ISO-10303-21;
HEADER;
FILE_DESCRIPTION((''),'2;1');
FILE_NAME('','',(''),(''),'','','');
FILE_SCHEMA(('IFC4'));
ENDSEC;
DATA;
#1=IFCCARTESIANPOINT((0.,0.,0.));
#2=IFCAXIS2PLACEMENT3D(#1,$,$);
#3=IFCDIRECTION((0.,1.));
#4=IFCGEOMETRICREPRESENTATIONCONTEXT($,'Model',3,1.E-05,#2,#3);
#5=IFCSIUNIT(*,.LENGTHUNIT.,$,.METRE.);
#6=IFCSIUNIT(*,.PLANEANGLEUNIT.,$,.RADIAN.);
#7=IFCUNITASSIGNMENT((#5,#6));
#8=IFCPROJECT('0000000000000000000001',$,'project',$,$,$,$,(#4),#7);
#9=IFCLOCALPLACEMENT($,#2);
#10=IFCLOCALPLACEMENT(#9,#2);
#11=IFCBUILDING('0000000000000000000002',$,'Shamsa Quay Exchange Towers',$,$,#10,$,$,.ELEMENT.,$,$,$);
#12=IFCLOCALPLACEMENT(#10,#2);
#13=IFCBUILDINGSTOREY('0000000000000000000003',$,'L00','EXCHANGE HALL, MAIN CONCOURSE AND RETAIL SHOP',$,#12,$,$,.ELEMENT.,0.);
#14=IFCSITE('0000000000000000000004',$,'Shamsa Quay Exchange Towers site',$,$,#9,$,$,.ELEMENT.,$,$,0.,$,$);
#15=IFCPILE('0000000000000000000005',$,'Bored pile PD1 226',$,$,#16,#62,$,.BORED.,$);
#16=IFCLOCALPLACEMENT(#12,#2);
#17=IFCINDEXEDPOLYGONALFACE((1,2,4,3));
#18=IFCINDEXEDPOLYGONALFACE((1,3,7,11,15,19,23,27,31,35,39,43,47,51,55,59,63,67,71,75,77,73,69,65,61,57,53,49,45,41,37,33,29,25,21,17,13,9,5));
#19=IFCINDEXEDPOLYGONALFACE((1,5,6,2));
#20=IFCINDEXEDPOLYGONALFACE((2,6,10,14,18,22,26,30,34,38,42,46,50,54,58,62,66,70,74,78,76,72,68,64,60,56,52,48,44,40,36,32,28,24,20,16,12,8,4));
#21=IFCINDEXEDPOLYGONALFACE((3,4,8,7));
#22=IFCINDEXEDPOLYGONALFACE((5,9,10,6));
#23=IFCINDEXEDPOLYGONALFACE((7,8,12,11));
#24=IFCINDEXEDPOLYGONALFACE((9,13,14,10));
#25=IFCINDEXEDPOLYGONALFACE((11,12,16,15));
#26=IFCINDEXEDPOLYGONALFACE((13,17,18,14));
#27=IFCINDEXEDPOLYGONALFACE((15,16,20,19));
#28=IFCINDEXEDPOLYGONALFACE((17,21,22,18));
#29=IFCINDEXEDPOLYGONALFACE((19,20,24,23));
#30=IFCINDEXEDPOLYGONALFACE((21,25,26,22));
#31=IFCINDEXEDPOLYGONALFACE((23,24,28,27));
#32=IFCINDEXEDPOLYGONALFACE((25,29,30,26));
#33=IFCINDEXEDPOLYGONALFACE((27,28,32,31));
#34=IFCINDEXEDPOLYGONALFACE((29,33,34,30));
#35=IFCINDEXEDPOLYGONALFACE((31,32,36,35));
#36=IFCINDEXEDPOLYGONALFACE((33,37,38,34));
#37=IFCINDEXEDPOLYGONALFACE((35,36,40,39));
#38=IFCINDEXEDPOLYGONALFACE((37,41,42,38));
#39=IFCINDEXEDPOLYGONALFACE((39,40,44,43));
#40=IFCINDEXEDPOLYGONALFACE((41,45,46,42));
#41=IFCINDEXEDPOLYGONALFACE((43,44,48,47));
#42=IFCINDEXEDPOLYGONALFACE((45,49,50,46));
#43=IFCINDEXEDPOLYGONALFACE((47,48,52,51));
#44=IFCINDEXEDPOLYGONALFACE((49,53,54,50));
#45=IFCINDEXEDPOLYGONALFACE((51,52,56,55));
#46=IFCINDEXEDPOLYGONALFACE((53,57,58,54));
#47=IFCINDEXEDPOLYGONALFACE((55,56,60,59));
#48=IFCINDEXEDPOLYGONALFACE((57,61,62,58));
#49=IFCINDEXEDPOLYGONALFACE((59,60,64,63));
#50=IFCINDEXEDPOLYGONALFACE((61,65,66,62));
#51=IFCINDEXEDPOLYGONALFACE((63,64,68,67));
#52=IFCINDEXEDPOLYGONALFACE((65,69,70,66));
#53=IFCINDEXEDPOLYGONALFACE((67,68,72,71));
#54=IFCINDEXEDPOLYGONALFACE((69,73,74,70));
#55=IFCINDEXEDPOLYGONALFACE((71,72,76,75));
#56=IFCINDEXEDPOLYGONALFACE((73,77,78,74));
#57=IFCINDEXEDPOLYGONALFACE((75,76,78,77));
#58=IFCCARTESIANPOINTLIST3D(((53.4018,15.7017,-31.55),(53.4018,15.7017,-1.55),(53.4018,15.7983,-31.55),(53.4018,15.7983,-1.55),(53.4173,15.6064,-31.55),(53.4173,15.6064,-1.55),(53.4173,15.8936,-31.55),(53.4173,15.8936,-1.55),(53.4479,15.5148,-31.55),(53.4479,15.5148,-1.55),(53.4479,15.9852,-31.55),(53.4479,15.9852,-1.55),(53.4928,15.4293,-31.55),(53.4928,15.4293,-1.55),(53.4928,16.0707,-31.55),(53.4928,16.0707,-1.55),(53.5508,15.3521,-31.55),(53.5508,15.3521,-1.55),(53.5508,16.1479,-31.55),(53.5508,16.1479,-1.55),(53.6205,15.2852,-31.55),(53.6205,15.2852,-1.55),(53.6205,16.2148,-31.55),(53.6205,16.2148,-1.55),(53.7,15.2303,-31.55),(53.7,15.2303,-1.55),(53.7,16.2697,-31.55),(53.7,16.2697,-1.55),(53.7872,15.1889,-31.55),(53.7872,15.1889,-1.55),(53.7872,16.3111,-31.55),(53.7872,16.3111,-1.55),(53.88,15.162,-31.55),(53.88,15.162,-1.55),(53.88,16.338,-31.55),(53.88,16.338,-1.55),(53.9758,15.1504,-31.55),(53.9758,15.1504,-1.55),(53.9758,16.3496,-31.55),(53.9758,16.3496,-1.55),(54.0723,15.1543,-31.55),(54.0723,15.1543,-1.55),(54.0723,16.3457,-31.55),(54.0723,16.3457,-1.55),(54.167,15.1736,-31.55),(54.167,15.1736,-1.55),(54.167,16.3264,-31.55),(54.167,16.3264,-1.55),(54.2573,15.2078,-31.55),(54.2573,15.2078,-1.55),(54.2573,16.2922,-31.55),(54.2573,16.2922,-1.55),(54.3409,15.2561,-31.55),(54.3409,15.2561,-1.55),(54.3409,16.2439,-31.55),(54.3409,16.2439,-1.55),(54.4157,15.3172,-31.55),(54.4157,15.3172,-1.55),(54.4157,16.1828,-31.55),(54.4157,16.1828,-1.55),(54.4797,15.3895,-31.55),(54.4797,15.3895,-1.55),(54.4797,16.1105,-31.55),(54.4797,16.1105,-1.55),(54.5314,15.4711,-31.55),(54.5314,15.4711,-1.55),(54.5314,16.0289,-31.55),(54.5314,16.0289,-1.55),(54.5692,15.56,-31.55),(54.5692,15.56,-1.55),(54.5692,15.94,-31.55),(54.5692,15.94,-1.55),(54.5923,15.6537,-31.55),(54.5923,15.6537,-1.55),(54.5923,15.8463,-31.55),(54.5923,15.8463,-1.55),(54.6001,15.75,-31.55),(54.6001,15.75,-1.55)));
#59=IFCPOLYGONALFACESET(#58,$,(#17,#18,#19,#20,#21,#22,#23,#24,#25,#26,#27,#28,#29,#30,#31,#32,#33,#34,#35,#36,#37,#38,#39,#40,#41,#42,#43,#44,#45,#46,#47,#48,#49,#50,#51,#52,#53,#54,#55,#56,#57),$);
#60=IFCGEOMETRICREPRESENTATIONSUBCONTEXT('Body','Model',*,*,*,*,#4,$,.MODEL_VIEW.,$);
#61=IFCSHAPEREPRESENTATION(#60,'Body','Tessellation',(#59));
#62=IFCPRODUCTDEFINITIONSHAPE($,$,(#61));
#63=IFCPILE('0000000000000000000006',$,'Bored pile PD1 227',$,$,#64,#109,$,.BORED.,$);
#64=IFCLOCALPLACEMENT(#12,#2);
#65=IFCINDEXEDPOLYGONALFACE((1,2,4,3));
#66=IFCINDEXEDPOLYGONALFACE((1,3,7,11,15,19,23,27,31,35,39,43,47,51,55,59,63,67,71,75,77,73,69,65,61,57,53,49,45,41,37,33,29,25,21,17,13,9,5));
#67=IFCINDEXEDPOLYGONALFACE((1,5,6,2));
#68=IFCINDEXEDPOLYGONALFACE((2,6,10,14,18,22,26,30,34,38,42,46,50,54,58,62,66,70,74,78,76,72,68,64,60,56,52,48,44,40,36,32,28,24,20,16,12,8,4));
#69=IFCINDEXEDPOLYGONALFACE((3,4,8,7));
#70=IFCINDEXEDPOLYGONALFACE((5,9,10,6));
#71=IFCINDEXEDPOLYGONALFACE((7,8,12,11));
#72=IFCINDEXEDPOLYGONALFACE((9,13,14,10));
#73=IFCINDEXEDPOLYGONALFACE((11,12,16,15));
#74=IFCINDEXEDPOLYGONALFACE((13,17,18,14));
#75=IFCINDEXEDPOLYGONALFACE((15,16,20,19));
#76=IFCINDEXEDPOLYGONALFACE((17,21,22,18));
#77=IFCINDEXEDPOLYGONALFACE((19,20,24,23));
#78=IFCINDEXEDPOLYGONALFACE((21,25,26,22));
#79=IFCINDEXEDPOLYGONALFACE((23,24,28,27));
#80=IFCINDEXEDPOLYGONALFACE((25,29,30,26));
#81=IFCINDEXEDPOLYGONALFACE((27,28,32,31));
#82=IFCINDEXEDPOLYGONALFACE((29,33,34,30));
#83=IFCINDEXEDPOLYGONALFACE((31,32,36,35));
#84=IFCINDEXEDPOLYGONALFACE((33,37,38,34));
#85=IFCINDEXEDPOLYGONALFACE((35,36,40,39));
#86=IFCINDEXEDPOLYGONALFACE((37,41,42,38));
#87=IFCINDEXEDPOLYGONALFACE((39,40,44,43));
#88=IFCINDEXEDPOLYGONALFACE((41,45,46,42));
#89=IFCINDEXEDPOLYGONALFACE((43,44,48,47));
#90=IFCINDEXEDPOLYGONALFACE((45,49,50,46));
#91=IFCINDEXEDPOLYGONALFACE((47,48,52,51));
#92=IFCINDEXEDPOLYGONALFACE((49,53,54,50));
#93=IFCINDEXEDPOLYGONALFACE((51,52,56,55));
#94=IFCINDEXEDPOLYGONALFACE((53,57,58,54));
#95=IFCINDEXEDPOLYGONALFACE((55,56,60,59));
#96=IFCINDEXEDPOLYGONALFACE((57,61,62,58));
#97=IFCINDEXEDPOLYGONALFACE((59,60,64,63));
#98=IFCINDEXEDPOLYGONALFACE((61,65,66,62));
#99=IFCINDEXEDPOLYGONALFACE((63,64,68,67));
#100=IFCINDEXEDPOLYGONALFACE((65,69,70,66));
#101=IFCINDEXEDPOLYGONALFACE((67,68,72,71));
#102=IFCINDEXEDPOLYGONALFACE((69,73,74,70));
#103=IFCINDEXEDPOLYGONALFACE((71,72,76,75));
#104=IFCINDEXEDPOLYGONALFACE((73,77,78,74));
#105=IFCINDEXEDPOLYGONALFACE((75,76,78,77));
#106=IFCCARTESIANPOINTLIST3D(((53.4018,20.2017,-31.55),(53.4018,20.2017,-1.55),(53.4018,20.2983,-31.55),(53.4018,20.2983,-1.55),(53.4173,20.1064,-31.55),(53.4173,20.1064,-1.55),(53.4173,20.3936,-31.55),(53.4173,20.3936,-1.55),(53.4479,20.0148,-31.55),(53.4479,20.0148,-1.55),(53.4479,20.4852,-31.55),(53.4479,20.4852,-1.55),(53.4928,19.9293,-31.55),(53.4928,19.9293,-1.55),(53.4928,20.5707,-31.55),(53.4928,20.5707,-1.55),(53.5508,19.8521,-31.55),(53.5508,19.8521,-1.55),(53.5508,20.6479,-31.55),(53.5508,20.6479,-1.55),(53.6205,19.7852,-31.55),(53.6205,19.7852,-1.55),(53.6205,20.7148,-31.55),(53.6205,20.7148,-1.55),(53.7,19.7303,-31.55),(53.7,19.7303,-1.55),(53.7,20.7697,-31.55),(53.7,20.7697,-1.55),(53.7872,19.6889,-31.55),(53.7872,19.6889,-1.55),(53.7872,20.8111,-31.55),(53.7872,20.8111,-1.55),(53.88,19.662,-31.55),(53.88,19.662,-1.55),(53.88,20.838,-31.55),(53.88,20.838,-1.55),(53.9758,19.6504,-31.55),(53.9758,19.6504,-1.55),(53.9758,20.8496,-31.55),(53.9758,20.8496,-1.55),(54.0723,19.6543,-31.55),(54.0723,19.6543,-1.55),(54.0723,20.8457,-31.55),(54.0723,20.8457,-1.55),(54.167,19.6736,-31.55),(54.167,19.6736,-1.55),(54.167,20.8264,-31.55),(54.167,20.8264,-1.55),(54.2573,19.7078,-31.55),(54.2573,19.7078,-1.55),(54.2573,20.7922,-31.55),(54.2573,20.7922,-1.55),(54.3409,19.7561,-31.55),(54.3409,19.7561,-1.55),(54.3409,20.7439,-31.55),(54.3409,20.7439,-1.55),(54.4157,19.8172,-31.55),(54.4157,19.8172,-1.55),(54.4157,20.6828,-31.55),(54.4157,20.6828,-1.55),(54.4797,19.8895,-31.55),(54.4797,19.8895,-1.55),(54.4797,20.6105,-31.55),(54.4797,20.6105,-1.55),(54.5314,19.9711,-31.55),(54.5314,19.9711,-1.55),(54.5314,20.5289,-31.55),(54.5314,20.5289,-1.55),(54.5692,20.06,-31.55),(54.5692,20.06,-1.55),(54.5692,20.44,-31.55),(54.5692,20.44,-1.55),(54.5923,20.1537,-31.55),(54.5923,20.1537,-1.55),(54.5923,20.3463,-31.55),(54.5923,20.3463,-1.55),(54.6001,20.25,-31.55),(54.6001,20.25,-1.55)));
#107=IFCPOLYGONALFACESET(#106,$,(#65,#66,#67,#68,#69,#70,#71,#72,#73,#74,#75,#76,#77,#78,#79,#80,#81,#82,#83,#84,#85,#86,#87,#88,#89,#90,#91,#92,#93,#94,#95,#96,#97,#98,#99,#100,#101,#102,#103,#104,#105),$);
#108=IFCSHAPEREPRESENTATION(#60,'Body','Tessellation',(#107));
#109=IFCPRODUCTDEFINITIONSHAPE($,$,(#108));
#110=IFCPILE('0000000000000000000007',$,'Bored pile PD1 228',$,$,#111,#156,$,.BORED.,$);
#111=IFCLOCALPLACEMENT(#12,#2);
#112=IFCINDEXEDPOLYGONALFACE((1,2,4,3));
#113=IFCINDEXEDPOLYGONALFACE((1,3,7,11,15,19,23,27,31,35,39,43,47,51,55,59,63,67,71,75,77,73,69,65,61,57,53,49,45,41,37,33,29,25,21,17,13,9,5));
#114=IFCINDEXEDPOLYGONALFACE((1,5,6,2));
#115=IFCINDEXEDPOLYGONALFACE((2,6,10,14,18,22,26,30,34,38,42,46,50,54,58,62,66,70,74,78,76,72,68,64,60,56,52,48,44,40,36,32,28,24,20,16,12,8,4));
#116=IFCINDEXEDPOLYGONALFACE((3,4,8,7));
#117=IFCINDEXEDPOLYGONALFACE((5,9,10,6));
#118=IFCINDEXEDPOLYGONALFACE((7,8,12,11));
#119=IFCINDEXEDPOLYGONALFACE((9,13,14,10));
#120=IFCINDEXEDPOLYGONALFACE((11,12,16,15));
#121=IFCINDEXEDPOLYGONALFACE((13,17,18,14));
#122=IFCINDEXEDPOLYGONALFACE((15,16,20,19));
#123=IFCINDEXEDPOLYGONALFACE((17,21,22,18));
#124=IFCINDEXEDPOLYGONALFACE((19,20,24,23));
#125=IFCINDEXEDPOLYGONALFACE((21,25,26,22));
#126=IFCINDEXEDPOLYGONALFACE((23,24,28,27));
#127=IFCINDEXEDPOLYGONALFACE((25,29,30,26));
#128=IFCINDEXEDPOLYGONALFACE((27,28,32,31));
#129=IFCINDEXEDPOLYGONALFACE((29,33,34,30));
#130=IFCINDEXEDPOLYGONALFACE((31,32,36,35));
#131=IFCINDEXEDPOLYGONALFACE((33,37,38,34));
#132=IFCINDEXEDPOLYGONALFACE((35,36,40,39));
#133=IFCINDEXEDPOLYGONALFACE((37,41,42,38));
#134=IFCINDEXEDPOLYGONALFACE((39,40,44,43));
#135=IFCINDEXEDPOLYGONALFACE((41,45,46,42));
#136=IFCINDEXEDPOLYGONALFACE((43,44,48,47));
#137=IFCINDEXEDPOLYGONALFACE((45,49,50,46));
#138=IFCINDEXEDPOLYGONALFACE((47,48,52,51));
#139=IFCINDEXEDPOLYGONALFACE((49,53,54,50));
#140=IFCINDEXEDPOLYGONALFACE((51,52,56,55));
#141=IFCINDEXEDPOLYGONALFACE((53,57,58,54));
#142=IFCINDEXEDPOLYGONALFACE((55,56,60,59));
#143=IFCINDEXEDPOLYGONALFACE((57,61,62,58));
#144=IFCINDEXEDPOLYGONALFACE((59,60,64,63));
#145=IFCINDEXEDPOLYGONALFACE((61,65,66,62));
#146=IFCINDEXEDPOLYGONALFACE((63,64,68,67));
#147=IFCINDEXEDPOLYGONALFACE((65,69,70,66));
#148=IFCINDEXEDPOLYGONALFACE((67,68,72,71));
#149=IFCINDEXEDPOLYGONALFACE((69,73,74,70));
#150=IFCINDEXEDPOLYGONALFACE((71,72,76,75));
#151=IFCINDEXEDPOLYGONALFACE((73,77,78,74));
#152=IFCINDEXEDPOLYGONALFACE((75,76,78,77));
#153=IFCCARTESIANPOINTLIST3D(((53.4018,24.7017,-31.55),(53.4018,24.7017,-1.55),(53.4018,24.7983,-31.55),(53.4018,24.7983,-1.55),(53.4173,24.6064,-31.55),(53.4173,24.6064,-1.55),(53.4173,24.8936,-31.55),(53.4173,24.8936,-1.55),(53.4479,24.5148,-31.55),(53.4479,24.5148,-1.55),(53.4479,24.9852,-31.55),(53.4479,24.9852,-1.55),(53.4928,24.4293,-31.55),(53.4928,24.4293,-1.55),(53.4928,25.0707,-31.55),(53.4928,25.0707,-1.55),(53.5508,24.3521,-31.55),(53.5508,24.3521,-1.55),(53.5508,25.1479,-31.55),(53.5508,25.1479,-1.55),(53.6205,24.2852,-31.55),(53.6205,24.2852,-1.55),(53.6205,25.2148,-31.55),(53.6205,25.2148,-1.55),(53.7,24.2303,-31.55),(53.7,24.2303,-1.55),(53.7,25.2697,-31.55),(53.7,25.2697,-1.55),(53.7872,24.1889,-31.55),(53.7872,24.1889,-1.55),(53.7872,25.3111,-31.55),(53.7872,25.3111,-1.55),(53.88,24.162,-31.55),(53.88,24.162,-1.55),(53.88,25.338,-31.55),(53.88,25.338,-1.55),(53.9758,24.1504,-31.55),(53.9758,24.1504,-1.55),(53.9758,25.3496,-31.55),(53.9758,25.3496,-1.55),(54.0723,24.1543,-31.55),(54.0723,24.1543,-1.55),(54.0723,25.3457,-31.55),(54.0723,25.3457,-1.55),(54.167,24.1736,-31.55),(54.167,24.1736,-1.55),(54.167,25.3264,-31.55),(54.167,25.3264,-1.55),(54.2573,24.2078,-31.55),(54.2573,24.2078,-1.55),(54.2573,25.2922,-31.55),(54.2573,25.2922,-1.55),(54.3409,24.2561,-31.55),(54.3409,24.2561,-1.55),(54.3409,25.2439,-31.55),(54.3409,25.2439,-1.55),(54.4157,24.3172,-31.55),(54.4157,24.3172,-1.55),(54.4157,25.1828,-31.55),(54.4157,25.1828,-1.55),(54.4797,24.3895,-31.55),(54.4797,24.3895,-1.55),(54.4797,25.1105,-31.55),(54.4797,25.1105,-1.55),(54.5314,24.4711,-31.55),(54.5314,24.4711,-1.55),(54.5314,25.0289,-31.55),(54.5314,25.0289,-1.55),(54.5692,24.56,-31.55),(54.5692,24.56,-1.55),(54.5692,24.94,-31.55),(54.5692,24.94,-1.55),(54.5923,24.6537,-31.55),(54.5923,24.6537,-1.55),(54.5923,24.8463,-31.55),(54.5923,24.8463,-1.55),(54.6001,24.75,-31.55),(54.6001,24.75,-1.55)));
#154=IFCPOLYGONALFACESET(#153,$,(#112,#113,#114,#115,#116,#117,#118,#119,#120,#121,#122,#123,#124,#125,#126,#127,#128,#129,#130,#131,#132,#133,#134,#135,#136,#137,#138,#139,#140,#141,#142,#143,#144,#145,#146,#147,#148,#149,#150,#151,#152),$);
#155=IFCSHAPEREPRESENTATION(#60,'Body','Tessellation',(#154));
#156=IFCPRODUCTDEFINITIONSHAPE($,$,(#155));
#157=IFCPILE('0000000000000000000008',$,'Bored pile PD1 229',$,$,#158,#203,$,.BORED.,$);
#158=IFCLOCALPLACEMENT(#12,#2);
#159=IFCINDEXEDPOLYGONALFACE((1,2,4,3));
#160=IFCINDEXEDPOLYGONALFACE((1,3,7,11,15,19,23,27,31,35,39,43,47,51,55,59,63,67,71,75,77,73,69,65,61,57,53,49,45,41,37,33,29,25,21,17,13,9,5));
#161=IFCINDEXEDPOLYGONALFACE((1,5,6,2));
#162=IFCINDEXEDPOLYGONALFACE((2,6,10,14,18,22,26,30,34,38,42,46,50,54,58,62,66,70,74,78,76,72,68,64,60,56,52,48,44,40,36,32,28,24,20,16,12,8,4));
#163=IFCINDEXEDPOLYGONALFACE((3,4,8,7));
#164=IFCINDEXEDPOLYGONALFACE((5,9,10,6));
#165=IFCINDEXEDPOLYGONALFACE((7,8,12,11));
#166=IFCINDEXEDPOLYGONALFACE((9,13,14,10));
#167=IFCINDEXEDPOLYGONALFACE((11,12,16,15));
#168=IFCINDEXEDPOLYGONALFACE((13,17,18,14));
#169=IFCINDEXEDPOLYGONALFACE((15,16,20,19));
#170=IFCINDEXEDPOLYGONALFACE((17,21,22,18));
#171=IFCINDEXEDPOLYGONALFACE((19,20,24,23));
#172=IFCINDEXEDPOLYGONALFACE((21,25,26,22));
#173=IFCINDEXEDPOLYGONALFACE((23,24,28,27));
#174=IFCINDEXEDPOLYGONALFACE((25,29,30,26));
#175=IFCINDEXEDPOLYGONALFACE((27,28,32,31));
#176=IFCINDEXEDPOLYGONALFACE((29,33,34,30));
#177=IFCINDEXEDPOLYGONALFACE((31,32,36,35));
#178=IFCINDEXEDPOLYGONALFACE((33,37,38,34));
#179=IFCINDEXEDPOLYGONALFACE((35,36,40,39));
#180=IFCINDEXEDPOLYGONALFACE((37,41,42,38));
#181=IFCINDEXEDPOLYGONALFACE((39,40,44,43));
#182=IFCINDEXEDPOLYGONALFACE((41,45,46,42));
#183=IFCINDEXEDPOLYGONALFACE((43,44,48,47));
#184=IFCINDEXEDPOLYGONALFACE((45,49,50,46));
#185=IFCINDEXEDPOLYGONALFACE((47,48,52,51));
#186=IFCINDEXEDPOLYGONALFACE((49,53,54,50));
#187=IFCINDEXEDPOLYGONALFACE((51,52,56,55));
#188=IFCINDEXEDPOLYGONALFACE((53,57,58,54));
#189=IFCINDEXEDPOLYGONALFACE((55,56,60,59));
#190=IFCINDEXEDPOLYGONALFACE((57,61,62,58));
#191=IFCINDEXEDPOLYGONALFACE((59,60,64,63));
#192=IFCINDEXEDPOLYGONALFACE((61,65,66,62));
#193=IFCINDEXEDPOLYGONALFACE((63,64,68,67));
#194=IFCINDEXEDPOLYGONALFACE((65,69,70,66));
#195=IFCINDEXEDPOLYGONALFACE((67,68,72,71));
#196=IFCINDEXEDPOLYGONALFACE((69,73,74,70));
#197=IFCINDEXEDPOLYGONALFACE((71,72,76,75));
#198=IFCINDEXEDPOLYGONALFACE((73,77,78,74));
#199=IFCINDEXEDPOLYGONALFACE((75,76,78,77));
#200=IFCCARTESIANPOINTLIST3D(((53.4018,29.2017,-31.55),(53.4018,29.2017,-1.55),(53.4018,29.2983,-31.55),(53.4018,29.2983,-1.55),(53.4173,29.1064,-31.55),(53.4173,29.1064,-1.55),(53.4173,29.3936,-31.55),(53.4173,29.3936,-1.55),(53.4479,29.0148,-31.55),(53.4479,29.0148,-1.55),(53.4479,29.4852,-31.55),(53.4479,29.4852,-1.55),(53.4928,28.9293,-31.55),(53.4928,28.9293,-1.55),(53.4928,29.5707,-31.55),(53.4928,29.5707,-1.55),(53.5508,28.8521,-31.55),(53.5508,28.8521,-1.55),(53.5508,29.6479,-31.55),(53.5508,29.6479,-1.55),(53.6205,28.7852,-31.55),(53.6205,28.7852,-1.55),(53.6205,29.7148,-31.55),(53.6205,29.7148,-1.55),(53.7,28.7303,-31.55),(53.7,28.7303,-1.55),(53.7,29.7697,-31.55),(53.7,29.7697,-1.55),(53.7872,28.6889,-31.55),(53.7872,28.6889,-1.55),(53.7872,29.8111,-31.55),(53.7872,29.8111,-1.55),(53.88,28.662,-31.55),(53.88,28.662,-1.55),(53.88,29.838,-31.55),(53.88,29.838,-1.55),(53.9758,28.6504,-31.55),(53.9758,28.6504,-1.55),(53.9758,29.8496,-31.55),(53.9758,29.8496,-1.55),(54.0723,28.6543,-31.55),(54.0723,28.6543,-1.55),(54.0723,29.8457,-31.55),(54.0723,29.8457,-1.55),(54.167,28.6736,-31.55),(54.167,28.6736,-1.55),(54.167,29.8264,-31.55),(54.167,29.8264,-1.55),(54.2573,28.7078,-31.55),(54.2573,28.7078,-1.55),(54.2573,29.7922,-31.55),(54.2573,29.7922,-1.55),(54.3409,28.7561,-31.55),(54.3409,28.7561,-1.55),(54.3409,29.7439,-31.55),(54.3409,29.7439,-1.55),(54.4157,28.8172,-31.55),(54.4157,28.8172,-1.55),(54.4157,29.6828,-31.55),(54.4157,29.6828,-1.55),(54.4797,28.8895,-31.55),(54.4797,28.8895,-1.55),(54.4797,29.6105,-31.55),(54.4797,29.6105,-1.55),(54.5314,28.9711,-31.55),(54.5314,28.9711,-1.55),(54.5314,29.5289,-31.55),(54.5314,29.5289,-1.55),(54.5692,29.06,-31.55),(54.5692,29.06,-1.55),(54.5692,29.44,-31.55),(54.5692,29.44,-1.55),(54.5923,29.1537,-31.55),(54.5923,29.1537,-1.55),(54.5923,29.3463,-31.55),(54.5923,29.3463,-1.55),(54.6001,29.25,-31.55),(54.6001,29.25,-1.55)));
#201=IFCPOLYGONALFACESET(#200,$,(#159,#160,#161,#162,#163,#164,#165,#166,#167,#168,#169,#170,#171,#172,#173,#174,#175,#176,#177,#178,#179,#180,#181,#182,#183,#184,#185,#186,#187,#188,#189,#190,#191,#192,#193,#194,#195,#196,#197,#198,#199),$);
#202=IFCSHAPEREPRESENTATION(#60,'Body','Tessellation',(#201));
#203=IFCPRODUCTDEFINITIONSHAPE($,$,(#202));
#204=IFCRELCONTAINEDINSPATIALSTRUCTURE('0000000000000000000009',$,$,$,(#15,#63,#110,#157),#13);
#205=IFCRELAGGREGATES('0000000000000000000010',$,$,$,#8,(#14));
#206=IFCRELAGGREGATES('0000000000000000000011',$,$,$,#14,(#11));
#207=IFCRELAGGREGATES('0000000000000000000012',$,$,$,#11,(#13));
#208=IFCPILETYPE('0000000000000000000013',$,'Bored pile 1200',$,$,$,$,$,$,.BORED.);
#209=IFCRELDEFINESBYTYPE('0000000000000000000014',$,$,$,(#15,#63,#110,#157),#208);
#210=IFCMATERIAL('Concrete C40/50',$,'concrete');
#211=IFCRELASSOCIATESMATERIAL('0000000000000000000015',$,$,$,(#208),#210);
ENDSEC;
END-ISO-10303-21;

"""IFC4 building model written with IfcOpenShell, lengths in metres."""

from ifc_helpers import new_model, si_unit, direction, frame, origin, origin_2d, place, context, subcontext, project, spatial, circle, extrude, material, material_profile, profile_set, type_object, element, save


model = new_model("IFC4")

# Units and contexts
model_context = context("Model", 3, precision=1e-05, world=origin(), true_north=direction((0.0, 1.0)))
body_context = subcontext(model_context, "Body", "Model", "MODEL_VIEW")
ifc_project = project(units=[si_unit("LENGTHUNIT", "METRE"), si_unit("PLANEANGLEUNIT", "RADIAN")], contexts=[model_context])

# Site, building, storey
site_placement = place(None, origin())
site = spatial("IfcSite", under=ifc_project, at=site_placement, Name="Shamsa Quay Exchange Towers site", CompositionType="ELEMENT", RefElevation=0.0)
building_placement = place(site_placement, origin())
building = spatial("IfcBuilding", under=site, at=building_placement, Name="Shamsa Quay Exchange Towers", CompositionType="ELEMENT")
storey_placement = place(building_placement, origin())
storey = spatial("IfcBuildingStorey", under=building, at=storey_placement, Name="L00", Description="EXCHANGE HALL, MAIN CONCOURSE AND RETAIL SHOP", CompositionType="ELEMENT", Elevation=0.0)

# Piles
ifc_material_1 = material(Name="Concrete C40/50", Category="concrete")
ifc_material_profile_1 = material_profile(ifc_material_1, circle(Radius=0.6001, at=origin_2d()), Name="BP1200")
ifc_profile_set_1 = profile_set([ifc_material_profile_1], Name="Concrete C40/50")
pile_type = type_object("IfcPileType", Name="Bored pile 1200", PredefinedType="BORED", material=ifc_profile_set_1)
for number, where, z_axis, x_axis, name in (
    (1, (54.0, 15.75, -1.55), (0.0, 0.0, -1.0), (1.0, 0.0, 0.0), "Bored pile PD1 226"),
    (2, (54.0, 20.25, -1.55), (0.0, 0.0, -1.0), (1.0, 0.0, 0.0), "Bored pile PD1 227"),
    (3, (54.0, 24.75, -1.55), (0.0, 0.0, -1.0), (1.0, 0.0, 0.0), "Bored pile PD1 228"),
    (4, (54.0, 29.25, -1.55), (0.0, 0.0, -1.0), (1.0, 0.0, 0.0), "Bored pile PD1 229"),
):
    element("IfcPile", number, at=place(storey_placement, frame(where, z_axis=z_axis, x_axis=x_axis)), inside=storey, type_object=pile_type, Name=name, PredefinedType="BORED", context=body_context, shape_type="SweptSolid", body=[
        extrude(circle(Radius=0.6001, at=origin_2d()), origin(), (0.0, 0.0, 1.0), 30.0),
    ])

save(model, "model.ifc")
